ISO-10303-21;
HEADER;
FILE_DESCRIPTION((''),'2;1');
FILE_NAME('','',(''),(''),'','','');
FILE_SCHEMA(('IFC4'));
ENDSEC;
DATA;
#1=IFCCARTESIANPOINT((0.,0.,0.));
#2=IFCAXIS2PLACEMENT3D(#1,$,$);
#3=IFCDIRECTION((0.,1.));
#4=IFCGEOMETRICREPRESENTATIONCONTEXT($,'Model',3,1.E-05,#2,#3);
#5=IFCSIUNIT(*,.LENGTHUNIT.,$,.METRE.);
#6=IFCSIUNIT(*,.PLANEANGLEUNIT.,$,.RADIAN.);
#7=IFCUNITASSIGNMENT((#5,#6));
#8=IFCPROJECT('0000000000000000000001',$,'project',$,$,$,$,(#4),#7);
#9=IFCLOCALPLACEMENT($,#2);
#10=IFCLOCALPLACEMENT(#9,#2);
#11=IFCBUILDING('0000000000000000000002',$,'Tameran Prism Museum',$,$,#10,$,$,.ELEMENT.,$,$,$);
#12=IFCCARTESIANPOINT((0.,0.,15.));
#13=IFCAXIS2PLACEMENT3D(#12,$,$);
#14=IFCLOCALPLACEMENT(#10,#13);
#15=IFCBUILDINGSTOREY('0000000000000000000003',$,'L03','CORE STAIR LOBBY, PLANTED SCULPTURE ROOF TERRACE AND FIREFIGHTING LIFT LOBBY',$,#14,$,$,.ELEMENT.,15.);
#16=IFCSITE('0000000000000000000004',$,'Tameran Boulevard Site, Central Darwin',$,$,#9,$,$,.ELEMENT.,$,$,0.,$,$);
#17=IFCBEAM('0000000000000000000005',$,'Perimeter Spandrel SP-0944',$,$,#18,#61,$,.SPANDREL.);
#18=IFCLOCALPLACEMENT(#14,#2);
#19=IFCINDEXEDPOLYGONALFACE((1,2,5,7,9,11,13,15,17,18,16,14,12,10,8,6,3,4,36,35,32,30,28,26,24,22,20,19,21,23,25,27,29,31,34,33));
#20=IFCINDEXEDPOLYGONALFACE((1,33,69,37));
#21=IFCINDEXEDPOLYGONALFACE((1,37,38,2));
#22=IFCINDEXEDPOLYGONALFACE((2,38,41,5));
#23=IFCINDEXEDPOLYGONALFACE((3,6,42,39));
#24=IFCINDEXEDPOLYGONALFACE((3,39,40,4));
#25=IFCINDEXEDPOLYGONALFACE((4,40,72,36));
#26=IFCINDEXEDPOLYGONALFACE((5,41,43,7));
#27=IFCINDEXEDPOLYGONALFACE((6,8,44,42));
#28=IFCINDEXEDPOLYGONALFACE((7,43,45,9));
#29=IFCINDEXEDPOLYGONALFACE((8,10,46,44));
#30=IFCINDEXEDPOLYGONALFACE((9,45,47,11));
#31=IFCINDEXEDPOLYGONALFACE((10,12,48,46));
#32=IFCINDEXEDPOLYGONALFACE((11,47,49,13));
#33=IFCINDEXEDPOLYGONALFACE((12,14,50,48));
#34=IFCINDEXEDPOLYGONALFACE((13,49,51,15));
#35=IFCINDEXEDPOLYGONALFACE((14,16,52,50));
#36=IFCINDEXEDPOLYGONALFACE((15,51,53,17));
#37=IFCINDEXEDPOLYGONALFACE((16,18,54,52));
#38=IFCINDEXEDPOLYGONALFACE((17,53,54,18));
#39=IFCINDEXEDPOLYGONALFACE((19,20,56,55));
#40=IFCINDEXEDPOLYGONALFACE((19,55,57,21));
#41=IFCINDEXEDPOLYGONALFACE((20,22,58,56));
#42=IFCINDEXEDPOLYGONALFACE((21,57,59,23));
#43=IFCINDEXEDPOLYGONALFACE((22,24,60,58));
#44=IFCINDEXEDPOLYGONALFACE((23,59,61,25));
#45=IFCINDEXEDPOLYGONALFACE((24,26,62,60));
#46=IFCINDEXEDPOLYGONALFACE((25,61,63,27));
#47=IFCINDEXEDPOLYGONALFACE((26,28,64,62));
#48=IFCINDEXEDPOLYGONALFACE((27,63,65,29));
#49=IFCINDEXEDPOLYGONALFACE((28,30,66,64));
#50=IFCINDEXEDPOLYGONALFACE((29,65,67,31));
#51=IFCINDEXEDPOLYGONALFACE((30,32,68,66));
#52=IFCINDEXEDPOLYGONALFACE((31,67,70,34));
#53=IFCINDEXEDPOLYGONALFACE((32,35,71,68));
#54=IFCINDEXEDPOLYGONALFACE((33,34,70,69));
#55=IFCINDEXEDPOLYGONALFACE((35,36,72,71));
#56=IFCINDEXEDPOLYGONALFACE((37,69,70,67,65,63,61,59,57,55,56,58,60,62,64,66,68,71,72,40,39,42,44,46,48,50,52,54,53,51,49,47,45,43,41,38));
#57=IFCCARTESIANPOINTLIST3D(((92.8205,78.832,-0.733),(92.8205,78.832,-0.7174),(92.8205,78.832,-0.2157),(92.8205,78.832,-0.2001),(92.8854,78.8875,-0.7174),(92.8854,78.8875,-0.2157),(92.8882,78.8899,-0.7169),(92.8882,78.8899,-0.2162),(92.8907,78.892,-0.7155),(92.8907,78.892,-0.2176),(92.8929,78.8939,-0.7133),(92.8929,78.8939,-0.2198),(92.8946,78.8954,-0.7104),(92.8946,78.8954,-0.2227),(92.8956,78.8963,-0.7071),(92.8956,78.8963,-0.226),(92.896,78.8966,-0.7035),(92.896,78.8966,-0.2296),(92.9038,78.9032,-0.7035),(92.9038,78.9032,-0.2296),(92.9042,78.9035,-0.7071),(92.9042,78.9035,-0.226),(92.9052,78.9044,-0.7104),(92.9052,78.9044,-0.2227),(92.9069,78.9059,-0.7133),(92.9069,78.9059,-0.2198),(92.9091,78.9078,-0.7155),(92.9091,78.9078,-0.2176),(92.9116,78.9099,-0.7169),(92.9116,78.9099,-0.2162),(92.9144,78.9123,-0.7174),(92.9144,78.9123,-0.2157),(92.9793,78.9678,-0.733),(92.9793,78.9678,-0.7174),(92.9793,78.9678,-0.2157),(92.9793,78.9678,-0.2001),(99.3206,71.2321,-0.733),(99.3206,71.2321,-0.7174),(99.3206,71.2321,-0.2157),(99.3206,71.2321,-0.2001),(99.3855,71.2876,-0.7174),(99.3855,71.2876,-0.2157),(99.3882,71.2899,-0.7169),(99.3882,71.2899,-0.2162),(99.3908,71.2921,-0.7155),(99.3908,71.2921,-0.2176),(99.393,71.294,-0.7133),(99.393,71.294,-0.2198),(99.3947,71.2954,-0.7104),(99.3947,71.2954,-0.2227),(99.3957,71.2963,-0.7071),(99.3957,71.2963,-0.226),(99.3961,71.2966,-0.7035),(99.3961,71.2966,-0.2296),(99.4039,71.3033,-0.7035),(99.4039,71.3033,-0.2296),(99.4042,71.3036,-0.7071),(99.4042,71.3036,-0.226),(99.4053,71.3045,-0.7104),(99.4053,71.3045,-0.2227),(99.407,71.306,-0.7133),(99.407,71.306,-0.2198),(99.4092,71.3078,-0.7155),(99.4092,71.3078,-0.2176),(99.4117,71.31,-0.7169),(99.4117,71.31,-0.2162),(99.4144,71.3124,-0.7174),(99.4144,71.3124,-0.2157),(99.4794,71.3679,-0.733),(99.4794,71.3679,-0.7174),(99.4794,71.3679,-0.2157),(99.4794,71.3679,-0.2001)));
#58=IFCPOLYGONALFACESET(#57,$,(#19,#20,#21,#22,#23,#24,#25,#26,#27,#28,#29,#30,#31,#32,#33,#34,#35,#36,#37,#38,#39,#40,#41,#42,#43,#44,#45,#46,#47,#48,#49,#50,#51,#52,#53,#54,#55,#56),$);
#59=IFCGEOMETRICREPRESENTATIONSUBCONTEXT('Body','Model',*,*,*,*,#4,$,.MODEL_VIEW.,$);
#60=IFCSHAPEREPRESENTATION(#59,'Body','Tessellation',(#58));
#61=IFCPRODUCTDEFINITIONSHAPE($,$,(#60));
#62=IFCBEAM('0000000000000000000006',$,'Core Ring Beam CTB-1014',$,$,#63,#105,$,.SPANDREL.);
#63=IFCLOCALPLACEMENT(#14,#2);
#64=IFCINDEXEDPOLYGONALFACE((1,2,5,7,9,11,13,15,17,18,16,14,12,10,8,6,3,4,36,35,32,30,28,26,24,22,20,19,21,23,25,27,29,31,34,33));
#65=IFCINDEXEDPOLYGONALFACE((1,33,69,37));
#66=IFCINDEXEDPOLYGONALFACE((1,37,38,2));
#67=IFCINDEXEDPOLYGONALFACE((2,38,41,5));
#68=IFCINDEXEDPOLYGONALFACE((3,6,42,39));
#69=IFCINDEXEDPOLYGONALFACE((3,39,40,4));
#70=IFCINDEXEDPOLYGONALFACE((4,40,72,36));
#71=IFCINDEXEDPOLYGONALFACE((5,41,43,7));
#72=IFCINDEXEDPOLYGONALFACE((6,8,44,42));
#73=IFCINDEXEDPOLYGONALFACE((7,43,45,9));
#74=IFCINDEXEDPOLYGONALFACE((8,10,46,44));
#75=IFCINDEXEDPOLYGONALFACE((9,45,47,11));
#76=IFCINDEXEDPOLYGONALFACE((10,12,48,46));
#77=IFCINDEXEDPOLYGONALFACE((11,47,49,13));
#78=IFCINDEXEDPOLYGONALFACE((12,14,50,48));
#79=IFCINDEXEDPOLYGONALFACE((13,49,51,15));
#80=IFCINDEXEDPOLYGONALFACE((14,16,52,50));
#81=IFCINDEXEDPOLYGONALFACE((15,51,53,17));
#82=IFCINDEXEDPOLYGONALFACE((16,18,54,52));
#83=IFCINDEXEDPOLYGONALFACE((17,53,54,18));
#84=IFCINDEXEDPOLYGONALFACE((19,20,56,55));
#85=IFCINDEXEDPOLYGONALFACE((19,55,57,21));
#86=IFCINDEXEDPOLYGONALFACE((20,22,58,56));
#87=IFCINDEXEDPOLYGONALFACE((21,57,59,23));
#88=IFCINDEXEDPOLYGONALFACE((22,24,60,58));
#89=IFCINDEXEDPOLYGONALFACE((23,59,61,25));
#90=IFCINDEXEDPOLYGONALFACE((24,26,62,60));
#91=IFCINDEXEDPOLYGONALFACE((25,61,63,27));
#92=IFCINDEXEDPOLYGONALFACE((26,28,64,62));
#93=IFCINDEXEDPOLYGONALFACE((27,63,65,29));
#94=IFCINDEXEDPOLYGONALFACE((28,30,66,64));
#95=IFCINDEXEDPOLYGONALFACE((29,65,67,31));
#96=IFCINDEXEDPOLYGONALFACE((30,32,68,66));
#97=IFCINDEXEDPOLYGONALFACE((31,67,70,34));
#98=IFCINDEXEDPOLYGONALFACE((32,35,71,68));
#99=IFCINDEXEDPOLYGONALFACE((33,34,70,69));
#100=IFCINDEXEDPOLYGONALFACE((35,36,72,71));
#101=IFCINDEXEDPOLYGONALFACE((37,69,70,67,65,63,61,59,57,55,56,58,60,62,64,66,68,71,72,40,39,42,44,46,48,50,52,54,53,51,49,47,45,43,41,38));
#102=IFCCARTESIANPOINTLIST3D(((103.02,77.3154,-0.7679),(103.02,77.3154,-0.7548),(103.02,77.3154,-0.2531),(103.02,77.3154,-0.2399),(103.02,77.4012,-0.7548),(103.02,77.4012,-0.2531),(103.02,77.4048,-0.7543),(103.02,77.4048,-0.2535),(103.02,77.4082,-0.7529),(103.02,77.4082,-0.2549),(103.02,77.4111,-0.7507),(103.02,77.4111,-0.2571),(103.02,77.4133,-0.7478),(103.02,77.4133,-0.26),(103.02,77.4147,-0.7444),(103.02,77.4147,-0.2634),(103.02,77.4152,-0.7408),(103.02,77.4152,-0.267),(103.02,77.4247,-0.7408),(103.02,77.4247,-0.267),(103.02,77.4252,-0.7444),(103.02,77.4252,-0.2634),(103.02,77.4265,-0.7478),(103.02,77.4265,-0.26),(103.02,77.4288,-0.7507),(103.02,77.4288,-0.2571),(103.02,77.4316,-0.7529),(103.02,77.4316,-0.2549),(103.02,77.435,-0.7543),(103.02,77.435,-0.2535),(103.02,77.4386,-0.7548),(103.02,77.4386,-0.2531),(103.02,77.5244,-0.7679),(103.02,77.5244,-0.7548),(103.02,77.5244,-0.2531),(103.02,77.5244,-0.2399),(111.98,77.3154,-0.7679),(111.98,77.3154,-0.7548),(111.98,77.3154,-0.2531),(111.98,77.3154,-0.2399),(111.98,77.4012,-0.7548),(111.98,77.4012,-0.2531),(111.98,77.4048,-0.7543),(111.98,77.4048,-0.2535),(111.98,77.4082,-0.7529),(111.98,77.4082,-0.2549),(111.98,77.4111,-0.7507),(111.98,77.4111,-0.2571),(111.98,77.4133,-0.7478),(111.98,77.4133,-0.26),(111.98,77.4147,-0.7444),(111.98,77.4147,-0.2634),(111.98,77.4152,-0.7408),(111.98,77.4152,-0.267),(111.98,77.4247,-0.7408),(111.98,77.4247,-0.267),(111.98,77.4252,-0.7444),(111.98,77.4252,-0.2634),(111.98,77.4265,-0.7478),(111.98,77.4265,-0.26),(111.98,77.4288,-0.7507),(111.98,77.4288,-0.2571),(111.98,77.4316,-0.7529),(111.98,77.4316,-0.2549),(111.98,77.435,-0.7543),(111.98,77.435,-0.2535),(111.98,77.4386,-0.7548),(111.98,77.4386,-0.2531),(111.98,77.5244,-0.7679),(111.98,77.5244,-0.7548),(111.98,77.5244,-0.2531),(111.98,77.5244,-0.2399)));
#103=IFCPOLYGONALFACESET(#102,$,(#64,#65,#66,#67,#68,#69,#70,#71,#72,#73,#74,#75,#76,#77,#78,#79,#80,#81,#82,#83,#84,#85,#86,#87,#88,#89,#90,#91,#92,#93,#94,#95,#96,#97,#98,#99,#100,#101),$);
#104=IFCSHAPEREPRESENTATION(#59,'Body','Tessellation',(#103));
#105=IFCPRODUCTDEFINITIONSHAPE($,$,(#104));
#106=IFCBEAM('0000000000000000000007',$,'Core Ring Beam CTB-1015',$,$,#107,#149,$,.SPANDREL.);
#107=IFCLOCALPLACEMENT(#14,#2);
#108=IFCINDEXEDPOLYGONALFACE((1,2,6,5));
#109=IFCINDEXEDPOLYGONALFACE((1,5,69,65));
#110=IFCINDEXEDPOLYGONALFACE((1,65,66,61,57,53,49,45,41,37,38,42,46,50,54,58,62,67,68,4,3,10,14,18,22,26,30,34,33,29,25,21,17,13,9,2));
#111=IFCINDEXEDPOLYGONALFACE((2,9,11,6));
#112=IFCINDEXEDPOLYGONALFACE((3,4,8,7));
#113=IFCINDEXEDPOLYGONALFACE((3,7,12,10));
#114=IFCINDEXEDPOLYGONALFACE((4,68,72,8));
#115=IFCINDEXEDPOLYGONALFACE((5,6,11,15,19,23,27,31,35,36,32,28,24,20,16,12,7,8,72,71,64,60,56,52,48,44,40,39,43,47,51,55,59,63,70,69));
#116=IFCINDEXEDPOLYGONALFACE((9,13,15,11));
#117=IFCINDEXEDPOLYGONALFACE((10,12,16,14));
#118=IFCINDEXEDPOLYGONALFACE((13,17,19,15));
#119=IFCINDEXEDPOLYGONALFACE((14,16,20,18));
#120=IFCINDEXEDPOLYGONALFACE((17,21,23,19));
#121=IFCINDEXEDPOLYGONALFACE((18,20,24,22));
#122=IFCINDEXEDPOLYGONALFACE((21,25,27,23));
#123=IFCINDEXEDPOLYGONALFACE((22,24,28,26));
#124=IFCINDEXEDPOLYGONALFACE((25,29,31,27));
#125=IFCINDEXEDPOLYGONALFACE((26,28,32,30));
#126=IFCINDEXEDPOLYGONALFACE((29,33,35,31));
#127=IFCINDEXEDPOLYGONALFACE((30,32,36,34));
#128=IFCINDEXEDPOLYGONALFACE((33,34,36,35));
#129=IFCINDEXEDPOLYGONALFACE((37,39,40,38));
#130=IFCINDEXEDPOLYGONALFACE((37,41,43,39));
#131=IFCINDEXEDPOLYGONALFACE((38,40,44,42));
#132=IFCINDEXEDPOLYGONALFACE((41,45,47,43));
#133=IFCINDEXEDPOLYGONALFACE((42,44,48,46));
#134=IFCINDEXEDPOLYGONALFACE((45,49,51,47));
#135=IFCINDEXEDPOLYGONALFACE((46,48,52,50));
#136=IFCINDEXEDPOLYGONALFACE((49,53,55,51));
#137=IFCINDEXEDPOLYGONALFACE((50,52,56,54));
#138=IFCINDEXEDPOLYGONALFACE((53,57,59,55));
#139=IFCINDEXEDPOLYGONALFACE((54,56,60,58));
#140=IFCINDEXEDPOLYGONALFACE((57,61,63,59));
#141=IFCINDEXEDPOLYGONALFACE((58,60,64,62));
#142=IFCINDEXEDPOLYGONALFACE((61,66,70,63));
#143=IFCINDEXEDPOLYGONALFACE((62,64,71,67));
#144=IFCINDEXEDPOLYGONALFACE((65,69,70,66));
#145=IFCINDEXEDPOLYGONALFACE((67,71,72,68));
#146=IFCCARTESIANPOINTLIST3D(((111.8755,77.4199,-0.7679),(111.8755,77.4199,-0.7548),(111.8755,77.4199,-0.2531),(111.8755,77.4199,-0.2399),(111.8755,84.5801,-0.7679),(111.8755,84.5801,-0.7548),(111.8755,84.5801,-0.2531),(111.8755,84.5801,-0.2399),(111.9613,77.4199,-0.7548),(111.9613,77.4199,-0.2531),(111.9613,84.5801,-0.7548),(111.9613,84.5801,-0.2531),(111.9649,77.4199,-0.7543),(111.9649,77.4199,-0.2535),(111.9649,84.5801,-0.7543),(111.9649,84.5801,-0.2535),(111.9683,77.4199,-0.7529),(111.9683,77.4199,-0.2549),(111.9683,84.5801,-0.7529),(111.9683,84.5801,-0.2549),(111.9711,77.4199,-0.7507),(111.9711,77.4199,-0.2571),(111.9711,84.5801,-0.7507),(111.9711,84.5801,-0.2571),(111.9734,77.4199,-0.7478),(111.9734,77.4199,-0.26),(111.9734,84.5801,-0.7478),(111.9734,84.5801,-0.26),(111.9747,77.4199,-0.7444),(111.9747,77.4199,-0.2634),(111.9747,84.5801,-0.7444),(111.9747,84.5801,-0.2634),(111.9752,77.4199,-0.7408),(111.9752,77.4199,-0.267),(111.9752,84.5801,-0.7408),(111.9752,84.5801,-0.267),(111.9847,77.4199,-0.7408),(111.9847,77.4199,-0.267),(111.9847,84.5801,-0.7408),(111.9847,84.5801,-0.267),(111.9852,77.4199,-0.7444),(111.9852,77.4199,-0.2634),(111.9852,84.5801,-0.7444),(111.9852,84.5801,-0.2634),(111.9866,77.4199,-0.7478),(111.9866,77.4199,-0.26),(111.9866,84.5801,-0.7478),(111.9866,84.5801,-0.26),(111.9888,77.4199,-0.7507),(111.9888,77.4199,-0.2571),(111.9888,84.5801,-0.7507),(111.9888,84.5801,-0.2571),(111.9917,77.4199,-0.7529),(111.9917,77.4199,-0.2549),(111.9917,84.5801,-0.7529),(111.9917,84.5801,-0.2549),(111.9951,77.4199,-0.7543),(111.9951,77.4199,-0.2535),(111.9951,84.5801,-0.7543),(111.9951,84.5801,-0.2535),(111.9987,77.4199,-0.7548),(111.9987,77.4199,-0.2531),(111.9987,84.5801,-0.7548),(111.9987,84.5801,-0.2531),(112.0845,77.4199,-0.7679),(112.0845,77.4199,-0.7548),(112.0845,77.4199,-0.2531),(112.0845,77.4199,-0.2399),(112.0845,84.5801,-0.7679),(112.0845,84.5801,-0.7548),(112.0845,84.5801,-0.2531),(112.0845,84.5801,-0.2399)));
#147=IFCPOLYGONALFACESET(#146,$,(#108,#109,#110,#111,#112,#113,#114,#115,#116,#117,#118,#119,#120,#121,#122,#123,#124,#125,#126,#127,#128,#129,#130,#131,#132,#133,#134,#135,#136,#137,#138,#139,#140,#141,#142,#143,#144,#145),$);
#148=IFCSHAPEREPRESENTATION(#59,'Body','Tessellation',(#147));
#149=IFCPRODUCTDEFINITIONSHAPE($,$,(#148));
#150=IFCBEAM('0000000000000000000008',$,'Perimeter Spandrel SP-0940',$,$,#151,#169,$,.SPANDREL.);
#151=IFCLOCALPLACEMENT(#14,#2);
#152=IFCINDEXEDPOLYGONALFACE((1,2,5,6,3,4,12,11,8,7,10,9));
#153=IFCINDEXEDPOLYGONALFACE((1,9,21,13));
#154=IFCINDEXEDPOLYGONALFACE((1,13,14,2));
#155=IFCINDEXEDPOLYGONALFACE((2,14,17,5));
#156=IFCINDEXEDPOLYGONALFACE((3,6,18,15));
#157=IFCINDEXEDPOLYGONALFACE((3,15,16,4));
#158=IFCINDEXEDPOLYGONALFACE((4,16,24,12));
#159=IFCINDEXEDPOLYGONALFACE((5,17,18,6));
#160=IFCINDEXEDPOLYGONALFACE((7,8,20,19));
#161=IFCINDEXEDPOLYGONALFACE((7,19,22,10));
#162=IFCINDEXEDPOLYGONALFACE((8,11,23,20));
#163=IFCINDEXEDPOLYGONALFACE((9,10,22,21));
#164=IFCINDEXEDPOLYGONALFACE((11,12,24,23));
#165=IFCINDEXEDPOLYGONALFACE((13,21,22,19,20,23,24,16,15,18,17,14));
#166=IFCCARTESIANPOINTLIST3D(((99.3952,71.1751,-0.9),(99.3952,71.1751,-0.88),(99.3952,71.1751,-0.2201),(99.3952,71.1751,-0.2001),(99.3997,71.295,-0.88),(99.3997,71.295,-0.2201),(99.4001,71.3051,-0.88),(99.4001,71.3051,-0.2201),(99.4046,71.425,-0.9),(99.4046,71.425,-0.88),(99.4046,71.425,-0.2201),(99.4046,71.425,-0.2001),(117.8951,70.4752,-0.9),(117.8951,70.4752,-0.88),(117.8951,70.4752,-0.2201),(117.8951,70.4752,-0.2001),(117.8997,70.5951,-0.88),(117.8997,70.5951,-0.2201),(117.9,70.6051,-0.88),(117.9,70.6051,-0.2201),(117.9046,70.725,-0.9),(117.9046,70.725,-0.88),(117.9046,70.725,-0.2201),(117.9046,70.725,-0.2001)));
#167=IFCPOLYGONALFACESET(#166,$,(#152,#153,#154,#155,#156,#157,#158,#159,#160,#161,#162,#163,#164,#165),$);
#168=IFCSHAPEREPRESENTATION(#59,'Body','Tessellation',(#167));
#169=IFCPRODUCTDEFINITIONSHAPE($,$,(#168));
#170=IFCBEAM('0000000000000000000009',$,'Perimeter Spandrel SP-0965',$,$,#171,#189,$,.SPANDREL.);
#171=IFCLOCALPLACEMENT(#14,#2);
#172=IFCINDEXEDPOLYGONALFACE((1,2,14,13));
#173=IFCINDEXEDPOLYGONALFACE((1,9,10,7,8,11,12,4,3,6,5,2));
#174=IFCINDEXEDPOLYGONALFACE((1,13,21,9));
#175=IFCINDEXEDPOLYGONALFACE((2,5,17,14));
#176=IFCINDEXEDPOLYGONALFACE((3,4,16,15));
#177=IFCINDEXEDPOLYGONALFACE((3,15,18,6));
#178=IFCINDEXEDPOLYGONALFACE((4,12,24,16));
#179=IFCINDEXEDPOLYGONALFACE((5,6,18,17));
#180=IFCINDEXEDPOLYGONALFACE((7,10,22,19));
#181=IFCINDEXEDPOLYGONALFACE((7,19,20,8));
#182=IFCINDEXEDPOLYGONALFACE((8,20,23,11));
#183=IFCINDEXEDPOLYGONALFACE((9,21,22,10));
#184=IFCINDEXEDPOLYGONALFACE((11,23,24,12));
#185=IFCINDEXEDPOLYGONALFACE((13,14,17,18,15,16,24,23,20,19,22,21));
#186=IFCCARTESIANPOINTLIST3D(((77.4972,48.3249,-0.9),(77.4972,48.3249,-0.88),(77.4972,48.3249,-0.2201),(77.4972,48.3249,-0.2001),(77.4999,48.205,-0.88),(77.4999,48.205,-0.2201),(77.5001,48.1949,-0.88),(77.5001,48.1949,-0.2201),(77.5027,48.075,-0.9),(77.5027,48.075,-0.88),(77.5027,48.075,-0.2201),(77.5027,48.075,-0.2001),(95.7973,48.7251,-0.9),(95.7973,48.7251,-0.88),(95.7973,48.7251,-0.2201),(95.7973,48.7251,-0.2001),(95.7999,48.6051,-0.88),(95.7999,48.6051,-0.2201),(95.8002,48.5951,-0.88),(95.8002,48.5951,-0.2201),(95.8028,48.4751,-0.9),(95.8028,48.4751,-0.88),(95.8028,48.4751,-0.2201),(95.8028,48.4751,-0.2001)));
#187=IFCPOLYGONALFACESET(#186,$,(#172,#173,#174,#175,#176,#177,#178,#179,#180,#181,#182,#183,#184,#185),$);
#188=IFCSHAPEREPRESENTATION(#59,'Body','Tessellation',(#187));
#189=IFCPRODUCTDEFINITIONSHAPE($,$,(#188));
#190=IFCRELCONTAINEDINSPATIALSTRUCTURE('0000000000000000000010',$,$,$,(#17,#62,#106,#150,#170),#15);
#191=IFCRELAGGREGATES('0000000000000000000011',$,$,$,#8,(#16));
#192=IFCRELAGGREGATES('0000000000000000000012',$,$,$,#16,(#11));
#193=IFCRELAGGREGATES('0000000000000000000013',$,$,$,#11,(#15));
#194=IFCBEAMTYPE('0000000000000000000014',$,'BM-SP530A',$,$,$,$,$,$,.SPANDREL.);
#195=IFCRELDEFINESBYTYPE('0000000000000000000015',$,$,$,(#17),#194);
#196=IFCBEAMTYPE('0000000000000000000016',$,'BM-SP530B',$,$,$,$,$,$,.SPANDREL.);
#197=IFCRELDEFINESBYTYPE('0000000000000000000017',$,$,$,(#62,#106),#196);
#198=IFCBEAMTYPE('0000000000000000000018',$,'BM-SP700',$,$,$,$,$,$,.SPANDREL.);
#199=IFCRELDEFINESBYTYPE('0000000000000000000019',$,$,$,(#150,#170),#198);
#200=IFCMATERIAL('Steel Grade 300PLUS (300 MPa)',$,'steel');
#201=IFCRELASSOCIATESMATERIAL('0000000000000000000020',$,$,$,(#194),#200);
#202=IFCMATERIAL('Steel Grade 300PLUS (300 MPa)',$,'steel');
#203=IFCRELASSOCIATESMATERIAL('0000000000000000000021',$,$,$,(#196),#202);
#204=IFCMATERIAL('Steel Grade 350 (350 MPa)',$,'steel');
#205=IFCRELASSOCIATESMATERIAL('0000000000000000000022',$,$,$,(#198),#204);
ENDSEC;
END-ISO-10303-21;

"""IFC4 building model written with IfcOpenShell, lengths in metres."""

from ifc_helpers import new_model, si_unit, direction, frame, origin, origin_2d, place, context, subcontext, project, spatial, i_section, extrude, material, material_profile, profile_set, type_object, element, save


model = new_model("IFC4")

# Units and contexts
model_context = context("Model", 3, precision=1e-05, world=origin(), true_north=direction((0.0, 1.0)))
body_context = subcontext(model_context, "Body", "Model", "MODEL_VIEW")
ifc_project = project(units=[si_unit("LENGTHUNIT", "METRE"), si_unit("PLANEANGLEUNIT", "RADIAN")], contexts=[model_context])

# Site, building, storey
site_placement = place(None, origin())
site = spatial("IfcSite", under=ifc_project, at=site_placement, Name="Tameran Boulevard Site, Central Darwin", CompositionType="ELEMENT", RefElevation=0.0)
building_placement = place(site_placement, origin())
building = spatial("IfcBuilding", under=site, at=building_placement, Name="Tameran Prism Museum", CompositionType="ELEMENT")
storey_placement = place(building_placement, frame((0.0, 0.0, 15.0)))
storey = spatial("IfcBuildingStorey", under=building, at=storey_placement, Name="L03", Description="CORE STAIR LOBBY, PLANTED SCULPTURE ROOF TERRACE AND FIREFIGHTING LIFT LOBBY", CompositionType="ELEMENT", Elevation=15.0)

# Beams
ifc_material_1 = material(Name="Steel Grade 300PLUS (300 MPa)", Category="steel")
ifc_material_profile_1 = material_profile(ifc_material_1, i_section(OverallWidth=0.209, OverallDepth=0.533, WebThickness=0.0103, FlangeThickness=0.0156, FilletRadius=0.0139, at=origin_2d()))
ifc_profile_set_1 = profile_set([ifc_material_profile_1])
beam_type_1 = type_object("IfcBeamType", Name="BM-SP530A", PredefinedType="SPANDREL", material=ifc_profile_set_1)
beam_1_placement = place(storey_placement, frame((92.8999, 78.8999, -0.4666), z_axis=(0.649975, -0.759956, 0.0), x_axis=(0.759956, 0.649975, 0.0)))
element("IfcBeam", 1, at=beam_1_placement, inside=storey, type_object=beam_type_1, Name="Perimeter Spandrel SP-0944", PredefinedType="SPANDREL", context=body_context, shape_type="SweptSolid", body=[
    extrude(i_section(OverallWidth=0.209, OverallDepth=0.533, WebThickness=0.0103, FlangeThickness=0.0156, FilletRadius=0.0139, at=origin_2d()), origin(), (0.0, 0.0, 1.0), 10.0005),
])
ifc_material_2 = material(Name="Steel Grade 300PLUS (300 MPa)", Category="steel")
ifc_material_profile_2 = material_profile(ifc_material_2, i_section(OverallWidth=0.209, OverallDepth=0.5281, WebThickness=0.0095, FlangeThickness=0.0132, FilletRadius=0.0139, at=origin_2d()))
ifc_profile_set_2 = profile_set([ifc_material_profile_2])
beam_type_2 = type_object("IfcBeamType", Name="BM-SP530B", PredefinedType="SPANDREL", material=ifc_profile_set_2)
beam_2_placement = place(storey_placement, frame((103.02, 77.4199, -0.5039), z_axis=(1.0, 0.0, 0.0), x_axis=(0.0, 1.0, 0.0)))
element("IfcBeam", 2, at=beam_2_placement, inside=storey, type_object=beam_type_2, Name="Core Ring Beam CTB-1014", PredefinedType="SPANDREL", context=body_context, shape_type="SweptSolid", body=[
    extrude(i_section(OverallWidth=0.209, OverallDepth=0.5281, WebThickness=0.0095, FlangeThickness=0.0132, FilletRadius=0.0139, at=origin_2d()), origin(), (0.0, 0.0, 1.0), 8.96),
])
beam_3_placement = place(storey_placement, frame((111.98, 77.4199, -0.5039), z_axis=(0.0, 1.0, 0.0), x_axis=(-1.0, 0.0, 0.0)))
element("IfcBeam", 3, at=beam_3_placement, inside=storey, type_object=beam_type_2, Name="Core Ring Beam CTB-1015", PredefinedType="SPANDREL", context=body_context, shape_type="SweptSolid", body=[
    extrude(i_section(OverallWidth=0.209, OverallDepth=0.5281, WebThickness=0.0095, FlangeThickness=0.0132, FilletRadius=0.0139, at=origin_2d()), origin(), (0.0, 0.0, 1.0), 7.1602),
])
ifc_material_3 = material(Name="Steel Grade 350 (350 MPa)", Category="steel")
ifc_material_profile_3 = material_profile(ifc_material_3, i_section(OverallWidth=0.25, OverallDepth=0.7, WebThickness=0.01, FlangeThickness=0.02, at=origin_2d()))
ifc_profile_set_3 = profile_set([ifc_material_profile_3])
beam_type_3 = type_object("IfcBeamType", Name="BM-SP700", PredefinedType="SPANDREL", material=ifc_profile_set_3)
beam_4_placement = place(storey_placement, frame((99.3999, 71.3, -0.55), z_axis=(0.999285, -0.037808, 0.0), x_axis=(0.037808, 0.999285, 0.0)))
element("IfcBeam", 4, at=beam_4_placement, inside=storey, type_object=beam_type_3, Name="Perimeter Spandrel SP-0940", PredefinedType="SPANDREL", context=body_context, shape_type="SweptSolid", body=[
    extrude(i_section(OverallWidth=0.25, OverallDepth=0.7, WebThickness=0.01, FlangeThickness=0.02, at=origin_2d()), origin(), (0.0, 0.0, 1.0), 18.5132),
])
beam_5_placement = place(storey_placement, frame((95.8, 48.6001, -0.55), z_axis=(-0.999761, -0.021861, 0.0), x_axis=(0.021861, -0.999761, 0.0)))
element("IfcBeam", 5, at=beam_5_placement, inside=storey, type_object=beam_type_3, Name="Perimeter Spandrel SP-0965", PredefinedType="SPANDREL", context=body_context, shape_type="SweptSolid", body=[
    extrude(i_section(OverallWidth=0.25, OverallDepth=0.7, WebThickness=0.01, FlangeThickness=0.02, at=origin_2d()), origin(), (0.0, 0.0, 1.0), 18.3044),
])

save(model, "model.ifc")
